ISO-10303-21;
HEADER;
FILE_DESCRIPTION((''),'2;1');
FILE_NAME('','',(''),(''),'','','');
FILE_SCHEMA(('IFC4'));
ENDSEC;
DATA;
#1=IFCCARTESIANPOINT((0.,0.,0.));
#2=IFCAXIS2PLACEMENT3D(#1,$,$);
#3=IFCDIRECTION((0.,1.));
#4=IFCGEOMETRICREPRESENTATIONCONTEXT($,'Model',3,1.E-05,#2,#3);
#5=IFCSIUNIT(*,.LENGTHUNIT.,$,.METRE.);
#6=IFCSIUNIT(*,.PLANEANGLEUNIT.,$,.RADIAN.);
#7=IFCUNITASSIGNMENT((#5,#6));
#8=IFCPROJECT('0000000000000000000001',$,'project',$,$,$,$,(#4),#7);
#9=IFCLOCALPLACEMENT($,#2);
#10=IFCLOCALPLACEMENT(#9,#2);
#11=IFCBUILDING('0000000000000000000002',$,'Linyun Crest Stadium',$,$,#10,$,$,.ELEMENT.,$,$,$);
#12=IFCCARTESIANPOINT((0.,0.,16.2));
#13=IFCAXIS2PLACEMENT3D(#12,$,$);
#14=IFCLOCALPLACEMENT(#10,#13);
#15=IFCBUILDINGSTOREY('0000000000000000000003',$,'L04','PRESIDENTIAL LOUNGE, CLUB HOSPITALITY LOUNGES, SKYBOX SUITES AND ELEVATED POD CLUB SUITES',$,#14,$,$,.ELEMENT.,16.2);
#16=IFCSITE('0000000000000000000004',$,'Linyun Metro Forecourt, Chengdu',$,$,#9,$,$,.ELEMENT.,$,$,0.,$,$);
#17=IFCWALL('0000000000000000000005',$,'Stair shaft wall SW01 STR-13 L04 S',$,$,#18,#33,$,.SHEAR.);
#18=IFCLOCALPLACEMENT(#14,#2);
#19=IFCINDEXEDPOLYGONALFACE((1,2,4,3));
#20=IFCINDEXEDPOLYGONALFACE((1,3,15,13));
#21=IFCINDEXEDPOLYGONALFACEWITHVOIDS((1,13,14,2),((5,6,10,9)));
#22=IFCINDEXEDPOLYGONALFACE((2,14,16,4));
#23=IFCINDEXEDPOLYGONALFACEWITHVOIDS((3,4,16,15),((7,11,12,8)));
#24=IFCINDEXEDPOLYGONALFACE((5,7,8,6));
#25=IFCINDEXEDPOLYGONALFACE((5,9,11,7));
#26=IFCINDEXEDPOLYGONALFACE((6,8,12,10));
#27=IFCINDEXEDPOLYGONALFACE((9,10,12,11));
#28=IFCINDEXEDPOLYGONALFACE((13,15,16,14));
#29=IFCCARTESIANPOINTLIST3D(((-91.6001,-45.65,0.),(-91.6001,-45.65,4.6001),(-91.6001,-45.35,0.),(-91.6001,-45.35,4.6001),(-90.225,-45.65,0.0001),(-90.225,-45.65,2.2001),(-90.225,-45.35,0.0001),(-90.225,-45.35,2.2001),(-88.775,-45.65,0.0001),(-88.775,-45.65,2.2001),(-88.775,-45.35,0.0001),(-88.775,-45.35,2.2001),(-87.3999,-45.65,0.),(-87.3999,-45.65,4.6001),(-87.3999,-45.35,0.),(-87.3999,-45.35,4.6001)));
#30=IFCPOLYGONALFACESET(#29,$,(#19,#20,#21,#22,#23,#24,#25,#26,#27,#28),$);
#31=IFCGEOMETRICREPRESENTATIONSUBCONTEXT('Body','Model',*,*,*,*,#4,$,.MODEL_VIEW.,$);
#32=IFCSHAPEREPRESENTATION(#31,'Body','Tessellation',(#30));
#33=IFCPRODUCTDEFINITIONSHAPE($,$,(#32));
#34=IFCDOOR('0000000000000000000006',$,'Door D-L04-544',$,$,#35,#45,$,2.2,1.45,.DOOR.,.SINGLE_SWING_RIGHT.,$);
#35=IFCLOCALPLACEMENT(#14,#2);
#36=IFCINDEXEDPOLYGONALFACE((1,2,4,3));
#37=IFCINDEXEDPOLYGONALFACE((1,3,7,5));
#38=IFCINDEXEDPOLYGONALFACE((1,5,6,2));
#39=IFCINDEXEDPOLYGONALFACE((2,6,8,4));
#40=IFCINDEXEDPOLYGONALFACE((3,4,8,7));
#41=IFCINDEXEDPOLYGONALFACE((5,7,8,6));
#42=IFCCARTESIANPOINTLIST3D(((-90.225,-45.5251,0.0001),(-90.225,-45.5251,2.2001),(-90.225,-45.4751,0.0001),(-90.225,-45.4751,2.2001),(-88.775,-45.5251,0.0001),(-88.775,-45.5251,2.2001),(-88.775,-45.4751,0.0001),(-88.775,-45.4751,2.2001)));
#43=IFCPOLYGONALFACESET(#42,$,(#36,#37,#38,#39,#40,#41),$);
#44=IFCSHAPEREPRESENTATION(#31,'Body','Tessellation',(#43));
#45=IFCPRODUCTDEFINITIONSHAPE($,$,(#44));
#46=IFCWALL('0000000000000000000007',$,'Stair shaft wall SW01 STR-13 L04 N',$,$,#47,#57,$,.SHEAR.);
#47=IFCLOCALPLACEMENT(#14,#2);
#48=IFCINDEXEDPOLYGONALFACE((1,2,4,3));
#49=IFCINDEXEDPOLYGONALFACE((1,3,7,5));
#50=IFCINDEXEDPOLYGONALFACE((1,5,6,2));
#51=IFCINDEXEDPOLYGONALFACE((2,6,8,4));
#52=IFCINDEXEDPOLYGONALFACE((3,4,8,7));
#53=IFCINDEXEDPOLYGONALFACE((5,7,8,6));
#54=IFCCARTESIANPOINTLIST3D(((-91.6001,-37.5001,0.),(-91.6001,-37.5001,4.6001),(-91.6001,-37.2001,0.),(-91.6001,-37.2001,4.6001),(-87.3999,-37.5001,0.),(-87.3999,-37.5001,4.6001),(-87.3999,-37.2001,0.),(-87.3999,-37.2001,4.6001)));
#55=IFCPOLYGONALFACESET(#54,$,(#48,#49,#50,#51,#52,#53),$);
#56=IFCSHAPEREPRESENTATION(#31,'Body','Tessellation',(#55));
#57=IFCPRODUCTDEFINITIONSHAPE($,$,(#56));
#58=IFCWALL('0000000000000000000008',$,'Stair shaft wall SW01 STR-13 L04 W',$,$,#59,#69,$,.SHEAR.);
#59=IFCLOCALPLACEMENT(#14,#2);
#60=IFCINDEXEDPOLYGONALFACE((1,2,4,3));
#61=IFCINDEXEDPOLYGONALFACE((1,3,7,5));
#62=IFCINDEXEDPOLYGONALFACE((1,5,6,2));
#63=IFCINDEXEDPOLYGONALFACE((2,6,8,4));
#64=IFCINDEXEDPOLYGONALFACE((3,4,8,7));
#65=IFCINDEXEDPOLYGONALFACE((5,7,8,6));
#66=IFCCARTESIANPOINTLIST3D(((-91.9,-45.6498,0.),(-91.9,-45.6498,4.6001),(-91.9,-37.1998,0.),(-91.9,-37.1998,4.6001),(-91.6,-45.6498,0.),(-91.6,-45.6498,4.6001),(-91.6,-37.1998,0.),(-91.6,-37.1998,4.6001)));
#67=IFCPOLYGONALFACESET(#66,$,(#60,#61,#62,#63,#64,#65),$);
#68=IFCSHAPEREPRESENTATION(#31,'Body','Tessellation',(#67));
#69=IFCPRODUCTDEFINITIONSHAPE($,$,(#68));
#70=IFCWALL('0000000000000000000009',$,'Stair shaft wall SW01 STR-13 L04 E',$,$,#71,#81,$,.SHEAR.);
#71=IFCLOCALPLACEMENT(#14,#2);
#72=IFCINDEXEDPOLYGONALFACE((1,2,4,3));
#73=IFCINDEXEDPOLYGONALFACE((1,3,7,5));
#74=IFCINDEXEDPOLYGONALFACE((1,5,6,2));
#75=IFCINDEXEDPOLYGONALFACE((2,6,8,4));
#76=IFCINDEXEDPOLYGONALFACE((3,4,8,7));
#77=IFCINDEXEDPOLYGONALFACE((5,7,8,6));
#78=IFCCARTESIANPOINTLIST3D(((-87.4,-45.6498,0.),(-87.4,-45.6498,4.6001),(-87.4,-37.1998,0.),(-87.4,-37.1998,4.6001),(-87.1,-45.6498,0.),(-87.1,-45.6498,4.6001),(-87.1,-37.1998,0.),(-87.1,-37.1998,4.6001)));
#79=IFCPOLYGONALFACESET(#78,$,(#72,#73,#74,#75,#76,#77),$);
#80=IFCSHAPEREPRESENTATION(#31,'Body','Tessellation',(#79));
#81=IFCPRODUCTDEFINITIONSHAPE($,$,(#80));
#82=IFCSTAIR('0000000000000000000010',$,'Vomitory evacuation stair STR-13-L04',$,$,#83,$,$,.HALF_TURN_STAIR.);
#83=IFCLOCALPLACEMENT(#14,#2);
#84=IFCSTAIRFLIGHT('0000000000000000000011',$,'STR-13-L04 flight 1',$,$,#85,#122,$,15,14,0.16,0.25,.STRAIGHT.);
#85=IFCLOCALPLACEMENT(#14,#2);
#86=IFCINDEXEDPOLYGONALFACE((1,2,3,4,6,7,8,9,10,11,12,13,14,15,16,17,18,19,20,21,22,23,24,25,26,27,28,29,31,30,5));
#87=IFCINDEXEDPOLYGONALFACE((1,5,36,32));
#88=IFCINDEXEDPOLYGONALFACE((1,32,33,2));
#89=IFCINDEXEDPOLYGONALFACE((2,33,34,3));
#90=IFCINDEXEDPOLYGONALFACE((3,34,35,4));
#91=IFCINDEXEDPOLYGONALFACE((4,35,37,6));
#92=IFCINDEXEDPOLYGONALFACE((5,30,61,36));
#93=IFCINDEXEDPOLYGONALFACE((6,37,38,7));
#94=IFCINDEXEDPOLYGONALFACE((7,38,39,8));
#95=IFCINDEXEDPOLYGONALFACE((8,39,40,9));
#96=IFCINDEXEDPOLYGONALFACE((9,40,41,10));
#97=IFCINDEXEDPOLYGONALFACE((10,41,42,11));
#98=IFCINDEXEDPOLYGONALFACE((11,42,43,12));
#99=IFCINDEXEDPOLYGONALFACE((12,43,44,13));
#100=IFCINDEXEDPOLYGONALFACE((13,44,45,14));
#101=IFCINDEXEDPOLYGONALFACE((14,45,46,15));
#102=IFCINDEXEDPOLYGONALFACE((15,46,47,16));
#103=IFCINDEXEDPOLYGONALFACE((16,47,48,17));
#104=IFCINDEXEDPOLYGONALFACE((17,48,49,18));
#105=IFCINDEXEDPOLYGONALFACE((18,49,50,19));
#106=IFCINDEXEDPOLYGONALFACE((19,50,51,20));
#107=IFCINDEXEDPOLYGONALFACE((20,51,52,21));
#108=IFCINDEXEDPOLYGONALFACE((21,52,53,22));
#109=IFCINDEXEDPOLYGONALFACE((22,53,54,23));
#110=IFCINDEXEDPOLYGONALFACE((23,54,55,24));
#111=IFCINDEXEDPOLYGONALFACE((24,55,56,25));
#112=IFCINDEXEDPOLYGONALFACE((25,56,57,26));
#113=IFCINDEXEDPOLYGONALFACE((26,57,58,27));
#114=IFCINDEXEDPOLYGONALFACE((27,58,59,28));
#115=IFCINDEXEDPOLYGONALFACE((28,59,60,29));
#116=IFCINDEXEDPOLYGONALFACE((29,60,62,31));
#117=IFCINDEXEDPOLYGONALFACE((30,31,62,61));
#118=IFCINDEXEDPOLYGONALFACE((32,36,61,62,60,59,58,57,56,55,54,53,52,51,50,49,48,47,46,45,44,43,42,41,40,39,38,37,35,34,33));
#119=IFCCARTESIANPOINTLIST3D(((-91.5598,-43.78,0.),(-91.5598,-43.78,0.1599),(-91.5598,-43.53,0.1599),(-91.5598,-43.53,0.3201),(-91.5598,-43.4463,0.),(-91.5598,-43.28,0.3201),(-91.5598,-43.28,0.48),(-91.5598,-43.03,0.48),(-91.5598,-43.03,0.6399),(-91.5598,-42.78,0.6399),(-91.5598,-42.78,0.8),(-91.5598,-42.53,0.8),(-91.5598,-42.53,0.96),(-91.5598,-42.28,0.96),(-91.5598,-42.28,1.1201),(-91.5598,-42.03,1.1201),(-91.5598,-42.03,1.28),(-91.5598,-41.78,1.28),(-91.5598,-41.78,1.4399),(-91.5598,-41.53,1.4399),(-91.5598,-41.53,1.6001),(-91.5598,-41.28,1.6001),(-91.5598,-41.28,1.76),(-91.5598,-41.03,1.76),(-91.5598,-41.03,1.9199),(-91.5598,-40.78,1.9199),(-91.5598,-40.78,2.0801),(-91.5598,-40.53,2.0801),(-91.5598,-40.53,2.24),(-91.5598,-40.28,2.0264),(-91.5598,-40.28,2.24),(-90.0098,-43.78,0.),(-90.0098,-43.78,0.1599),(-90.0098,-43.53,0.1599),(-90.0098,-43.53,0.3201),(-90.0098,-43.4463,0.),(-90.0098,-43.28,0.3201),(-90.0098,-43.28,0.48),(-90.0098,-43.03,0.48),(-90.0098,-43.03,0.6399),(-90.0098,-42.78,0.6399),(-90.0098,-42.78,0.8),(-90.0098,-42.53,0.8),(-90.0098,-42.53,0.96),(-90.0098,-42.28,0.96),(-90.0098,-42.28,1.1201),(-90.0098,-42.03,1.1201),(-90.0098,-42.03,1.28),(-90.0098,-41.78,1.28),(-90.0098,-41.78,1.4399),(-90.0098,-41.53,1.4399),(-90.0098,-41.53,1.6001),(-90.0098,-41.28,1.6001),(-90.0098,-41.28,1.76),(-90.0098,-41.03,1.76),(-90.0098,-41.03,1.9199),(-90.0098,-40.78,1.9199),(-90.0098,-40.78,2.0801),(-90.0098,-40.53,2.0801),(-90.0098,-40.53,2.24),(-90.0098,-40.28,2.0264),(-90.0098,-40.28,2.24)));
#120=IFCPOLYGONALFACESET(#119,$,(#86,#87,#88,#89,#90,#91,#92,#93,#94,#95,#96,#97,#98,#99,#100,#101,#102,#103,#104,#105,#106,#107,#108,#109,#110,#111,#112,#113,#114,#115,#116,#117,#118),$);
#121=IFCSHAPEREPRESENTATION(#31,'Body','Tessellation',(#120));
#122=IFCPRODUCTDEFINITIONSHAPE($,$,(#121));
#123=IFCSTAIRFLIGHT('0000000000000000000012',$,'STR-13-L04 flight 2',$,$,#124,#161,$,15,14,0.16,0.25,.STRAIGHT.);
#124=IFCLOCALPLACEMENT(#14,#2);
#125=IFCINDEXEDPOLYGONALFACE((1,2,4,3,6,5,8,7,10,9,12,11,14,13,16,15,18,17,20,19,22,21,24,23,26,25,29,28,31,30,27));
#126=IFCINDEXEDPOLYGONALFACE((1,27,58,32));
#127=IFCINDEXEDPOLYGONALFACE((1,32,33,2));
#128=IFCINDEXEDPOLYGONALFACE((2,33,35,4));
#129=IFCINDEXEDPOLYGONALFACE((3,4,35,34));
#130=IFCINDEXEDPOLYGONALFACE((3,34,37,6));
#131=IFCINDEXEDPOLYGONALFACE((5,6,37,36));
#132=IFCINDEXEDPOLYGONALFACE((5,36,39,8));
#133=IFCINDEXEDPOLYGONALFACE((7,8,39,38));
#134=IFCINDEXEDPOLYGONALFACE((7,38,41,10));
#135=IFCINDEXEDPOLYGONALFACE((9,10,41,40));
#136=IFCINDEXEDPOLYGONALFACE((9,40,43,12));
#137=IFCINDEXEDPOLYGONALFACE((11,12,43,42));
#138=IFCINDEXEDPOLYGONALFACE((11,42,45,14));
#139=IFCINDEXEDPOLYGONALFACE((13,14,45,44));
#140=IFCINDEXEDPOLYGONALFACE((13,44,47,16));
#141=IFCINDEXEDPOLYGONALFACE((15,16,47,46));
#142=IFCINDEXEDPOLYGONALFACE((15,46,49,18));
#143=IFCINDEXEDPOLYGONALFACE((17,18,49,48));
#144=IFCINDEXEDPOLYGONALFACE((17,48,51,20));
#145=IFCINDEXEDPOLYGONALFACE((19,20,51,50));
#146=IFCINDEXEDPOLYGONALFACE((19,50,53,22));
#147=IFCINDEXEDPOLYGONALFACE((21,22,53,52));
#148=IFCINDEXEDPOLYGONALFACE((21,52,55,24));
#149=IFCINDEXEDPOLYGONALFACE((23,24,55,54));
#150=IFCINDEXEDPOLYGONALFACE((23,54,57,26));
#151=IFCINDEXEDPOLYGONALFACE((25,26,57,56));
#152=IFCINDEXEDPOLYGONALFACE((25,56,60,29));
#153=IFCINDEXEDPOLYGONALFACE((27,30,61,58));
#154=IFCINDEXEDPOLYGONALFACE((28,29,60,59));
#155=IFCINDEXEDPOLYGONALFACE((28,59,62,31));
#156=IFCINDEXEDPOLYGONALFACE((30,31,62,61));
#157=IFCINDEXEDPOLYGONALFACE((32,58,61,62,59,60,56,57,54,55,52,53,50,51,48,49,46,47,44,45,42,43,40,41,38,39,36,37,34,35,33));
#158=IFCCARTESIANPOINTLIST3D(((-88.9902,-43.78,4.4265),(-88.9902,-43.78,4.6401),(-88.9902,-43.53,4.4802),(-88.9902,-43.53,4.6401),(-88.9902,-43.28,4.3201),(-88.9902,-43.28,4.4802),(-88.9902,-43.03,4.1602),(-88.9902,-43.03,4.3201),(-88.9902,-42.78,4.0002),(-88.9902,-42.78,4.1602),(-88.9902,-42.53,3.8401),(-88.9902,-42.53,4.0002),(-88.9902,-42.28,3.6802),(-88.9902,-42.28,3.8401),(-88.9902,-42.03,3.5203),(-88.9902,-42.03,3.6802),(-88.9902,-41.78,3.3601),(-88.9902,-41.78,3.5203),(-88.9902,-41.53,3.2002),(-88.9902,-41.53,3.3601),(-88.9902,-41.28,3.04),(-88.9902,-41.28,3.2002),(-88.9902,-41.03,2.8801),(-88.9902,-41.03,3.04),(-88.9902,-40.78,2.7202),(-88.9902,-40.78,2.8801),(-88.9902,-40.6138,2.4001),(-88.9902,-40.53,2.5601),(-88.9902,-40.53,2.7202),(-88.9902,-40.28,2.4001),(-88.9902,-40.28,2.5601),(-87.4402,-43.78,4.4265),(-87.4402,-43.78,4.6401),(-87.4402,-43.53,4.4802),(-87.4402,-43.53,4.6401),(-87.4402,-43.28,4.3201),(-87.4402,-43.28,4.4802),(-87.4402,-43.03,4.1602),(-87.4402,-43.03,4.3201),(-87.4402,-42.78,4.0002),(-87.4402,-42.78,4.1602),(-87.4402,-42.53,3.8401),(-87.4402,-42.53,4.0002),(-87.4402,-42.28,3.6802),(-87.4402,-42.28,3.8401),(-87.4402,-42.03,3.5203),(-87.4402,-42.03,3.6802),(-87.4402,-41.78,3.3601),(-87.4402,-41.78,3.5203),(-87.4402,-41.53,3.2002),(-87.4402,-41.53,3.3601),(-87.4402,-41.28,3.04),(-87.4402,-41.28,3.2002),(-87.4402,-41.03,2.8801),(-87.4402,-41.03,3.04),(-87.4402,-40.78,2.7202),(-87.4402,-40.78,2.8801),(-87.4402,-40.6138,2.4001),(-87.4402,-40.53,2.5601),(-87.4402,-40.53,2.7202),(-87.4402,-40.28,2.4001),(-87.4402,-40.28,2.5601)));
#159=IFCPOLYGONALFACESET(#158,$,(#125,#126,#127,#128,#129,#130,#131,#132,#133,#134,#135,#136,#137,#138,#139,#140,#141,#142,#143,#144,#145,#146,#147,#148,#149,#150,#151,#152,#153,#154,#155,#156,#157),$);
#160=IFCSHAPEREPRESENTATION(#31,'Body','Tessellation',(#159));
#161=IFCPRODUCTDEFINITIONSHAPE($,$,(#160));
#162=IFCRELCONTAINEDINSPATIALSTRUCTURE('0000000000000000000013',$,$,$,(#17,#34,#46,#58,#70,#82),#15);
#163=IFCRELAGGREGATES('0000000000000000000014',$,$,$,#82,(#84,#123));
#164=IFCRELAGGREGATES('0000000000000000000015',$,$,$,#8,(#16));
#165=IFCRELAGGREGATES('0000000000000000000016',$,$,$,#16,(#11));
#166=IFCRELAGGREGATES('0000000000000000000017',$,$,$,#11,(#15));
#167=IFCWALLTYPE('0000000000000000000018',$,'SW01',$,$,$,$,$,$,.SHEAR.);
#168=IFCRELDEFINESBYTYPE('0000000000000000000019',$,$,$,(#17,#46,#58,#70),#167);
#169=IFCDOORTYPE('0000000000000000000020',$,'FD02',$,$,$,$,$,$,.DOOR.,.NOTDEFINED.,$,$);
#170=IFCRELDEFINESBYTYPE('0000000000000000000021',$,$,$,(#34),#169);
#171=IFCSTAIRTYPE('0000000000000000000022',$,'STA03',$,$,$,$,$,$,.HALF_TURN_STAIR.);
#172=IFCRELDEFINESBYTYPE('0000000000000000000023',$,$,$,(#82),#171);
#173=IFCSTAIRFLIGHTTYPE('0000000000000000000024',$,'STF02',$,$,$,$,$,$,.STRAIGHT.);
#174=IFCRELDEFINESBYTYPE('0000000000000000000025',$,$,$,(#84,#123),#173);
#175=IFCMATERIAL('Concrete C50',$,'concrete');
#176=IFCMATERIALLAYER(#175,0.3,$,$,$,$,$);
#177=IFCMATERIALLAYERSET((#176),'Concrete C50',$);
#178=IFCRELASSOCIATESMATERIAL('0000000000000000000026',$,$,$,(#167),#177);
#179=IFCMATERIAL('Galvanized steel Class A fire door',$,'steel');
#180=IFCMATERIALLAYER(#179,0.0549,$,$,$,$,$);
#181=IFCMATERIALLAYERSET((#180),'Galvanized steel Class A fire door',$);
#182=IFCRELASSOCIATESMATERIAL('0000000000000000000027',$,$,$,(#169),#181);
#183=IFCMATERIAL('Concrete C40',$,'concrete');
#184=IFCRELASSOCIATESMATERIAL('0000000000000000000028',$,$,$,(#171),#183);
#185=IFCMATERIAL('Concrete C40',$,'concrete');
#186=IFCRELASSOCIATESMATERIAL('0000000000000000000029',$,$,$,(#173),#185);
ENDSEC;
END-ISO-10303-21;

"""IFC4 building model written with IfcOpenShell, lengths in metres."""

from ifc_helpers import new_model, si_unit, direction, frame, frame_2d, origin, place, context, subcontext, project, spatial, polyline, rectangle, outline, extrude, material, layer, layer_set, type_object, element, fill, aggregate, save


model = new_model("IFC4")

# Units and contexts
model_context = context("Model", 3, precision=1e-05, world=origin(), true_north=direction((0.0, 1.0)))
body_context = subcontext(model_context, "Body", "Model", "MODEL_VIEW")
ifc_project = project(units=[si_unit("LENGTHUNIT", "METRE"), si_unit("PLANEANGLEUNIT", "RADIAN")], contexts=[model_context])

# Site, building, storey
site_placement = place(None, origin())
site = spatial("IfcSite", under=ifc_project, at=site_placement, Name="Linyun Metro Forecourt, Chengdu", CompositionType="ELEMENT", RefElevation=0.0)
building_placement = place(site_placement, origin())
building = spatial("IfcBuilding", under=site, at=building_placement, Name="Linyun Crest Stadium", CompositionType="ELEMENT")
storey_placement = place(building_placement, frame((0.0, 0.0, 16.2)))
storey = spatial("IfcBuildingStorey", under=building, at=storey_placement, Name="L04", Description="PRESIDENTIAL LOUNGE, CLUB HOSPITALITY LOUNGES, SKYBOX SUITES AND ELEVATED POD CLUB SUITES", CompositionType="ELEMENT", Elevation=16.2)

# Wall, opening, door
ifc_material_1 = material(Name="Concrete C50", Category="concrete")
ifc_layer_1 = layer(ifc_material_1, 0.3)
ifc_layer_set_1 = layer_set([ifc_layer_1], Name="Concrete C50")
wall_type_1 = type_object("IfcWallType", Name="SW01", PredefinedType="SHEAR", material=ifc_layer_set_1)
wall_1_placement = place(storey_placement, frame((-91.6001, -45.5, 0.0), z_axis=(0.0, 0.0, 1.0), x_axis=(1.0, 0.0, 0.0)))
wall_1 = element("IfcWall", 1, at=wall_1_placement, inside=storey, type_object=wall_type_1, Name="Stair shaft wall SW01 STR-13 L04 S", PredefinedType="SHEAR", context=body_context, shape_type="SweptSolid", body=[
    extrude(rectangle(XDim=4.2002, YDim=0.3, at=frame_2d((2.1001, 0.0))), origin(), (0.0, 0.0, 1.0), 4.6001),
])
opening_1_placement = place(wall_1_placement, frame((1.375, 0.0, 0.0)))
opening_1 = element("IfcOpeningElement", 2, at=opening_1_placement, cuts=wall_1, PredefinedType="OPENING", context=body_context, shape_type="SweptSolid", body=[
    extrude(rectangle(XDim=1.45, YDim=2.2, at=frame_2d((0.7251, 1.1001))), frame((0.0, 0.1599, 0.0), z_axis=(0.0, -1.0, 0.0), x_axis=(1.0, 0.0, 0.0)), (0.0, 0.0, 1.0), 0.3201),
])
ifc_material_2 = material(Name="Galvanized steel Class A fire door", Category="steel")
ifc_layer_2 = layer(ifc_material_2, 0.0549)
ifc_layer_set_2 = layer_set([ifc_layer_2], Name="Galvanized steel Class A fire door")
door_type_1 = type_object("IfcDoorType", Name="FD02", OperationType="NOTDEFINED", PredefinedType="DOOR", material=ifc_layer_set_2)
door_1_placement = place(opening_1_placement, origin())
door_1 = element("IfcDoor", 3, at=door_1_placement, inside=storey, type_object=door_type_1, Name="Door D-L04-544", OperationType="SINGLE_SWING_RIGHT", OverallHeight=2.2, OverallWidth=1.45, PredefinedType="DOOR", context=body_context, shape_type="SweptSolid", body=[
    extrude(rectangle(XDim=1.45, YDim=2.2, at=frame_2d((0.7251, 1.1001))), frame((0.0, 0.0249, 0.0), z_axis=(0.0, -1.0, 0.0), x_axis=(1.0, 0.0, 0.0)), (0.0, 0.0, 1.0), 0.05),
])
fill(opening_1, door_1)

# Walls
wall_2_placement = place(storey_placement, frame((-91.6001, -37.3501, 0.0), z_axis=(0.0, 0.0, 1.0), x_axis=(1.0, 0.0, 0.0)))
element("IfcWall", 4, at=wall_2_placement, inside=storey, type_object=wall_type_1, Name="Stair shaft wall SW01 STR-13 L04 N", PredefinedType="SHEAR", context=body_context, shape_type="SweptSolid", body=[
    extrude(rectangle(XDim=4.2002, YDim=0.3, at=frame_2d((2.1001, 0.0))), origin(), (0.0, 0.0, 1.0), 4.6001),
])
for number, where, z_axis, x_axis, name in (
    (5, (-91.75, -45.6499, 0.0), (0.0, 0.0, 1.0), (0.0, 1.0, 0.0), "Stair shaft wall SW01 STR-13 L04 W"),
    (6, (-87.25, -45.6499, 0.0), (0.0, 0.0, 1.0), (0.0, 1.0, 0.0), "Stair shaft wall SW01 STR-13 L04 E"),
):
    element("IfcWall", number, at=place(storey_placement, frame(where, z_axis=z_axis, x_axis=x_axis)), inside=storey, type_object=wall_type_1, Name=name, PredefinedType="SHEAR", context=body_context, shape_type="SweptSolid", body=[
        extrude(rectangle(XDim=8.45, YDim=0.3, at=frame_2d((4.2251, 0.0))), origin(), (0.0, 0.0, 1.0), 4.6001),
    ])

# Stair, stair flights
ifc_material_3 = material(Name="Concrete C40", Category="concrete")
stair_type = type_object("IfcStairType", Name="STA03", PredefinedType="HALF_TURN_STAIR", material=ifc_material_3)
stair_placement = place(storey_placement, origin())
stair = element("IfcStair", 7, at=stair_placement, inside=storey, type_object=stair_type, Name="Vomitory evacuation stair STR-13-L04", PredefinedType="HALF_TURN_STAIR")
ifc_material_4 = material(Name="Concrete C40", Category="concrete")
stair_flight_type = type_object("IfcStairFlightType", Name="STF02", PredefinedType="STRAIGHT", material=ifc_material_4)
stair_flight_1_placement = place(storey_placement, frame((-90.7849, -43.78, 0.0), z_axis=(0.0, 0.0, 1.0), x_axis=(0.0, 1.0, 0.0)))
stair_flight_1 = element("IfcStairFlight", 8, at=stair_flight_1_placement, type_object=stair_flight_type, Name="STR-13-L04 flight 1", NumberOfRisers=15, NumberOfTreads=14, PredefinedType="STRAIGHT", RiserHeight=0.16, TreadLength=0.25, context=body_context, shape_type="SweptSolid", body=[
    extrude(outline(polyline([(0.0, 0.0), (0.0, 0.1599), (0.25, 0.1599), (0.25, 0.3201), (0.5, 0.3201), (0.5, 0.48), (0.75, 0.48), (0.75, 0.6399), (1.0, 0.6399), (1.0, 0.8), (1.25, 0.8), (1.25, 0.96), (1.5, 0.96), (1.5, 1.1201), (1.75, 1.1201), (1.75, 1.28), (2.0, 1.28), (2.0, 1.4399), (2.25, 1.4399), (2.25, 1.6001), (2.5, 1.6001), (2.5, 1.76), (2.75, 1.76), (2.75, 1.9199), (3.0, 1.9199), (3.0, 2.0801), (3.25, 2.0801), (3.25, 2.24), (3.5, 2.24), (3.5, 2.3999), (3.5, 2.0264), (0.3337, 0.0), (0.0, 0.0)])), frame((0.0, 0.7749, 0.0), z_axis=(0.0, -1.0, 0.0), x_axis=(1.0, 0.0, 0.0)), (0.0, 0.0, 1.0), 1.55),
])
stair_flight_2_placement = place(storey_placement, frame((-88.2151, -40.28, 2.4001), z_axis=(0.0, 0.0, 1.0), x_axis=(0.0, -1.0, 0.0)))
stair_flight_2 = element("IfcStairFlight", 9, at=stair_flight_2_placement, type_object=stair_flight_type, Name="STR-13-L04 flight 2", NumberOfRisers=15, NumberOfTreads=14, PredefinedType="STRAIGHT", RiserHeight=0.16, TreadLength=0.25, context=body_context, shape_type="SweptSolid", body=[
    extrude(outline(polyline([(0.0, 0.0), (0.0, 0.1599), (0.25, 0.1599), (0.25, 0.3201), (0.5, 0.3201), (0.5, 0.48), (0.75, 0.48), (0.75, 0.6399), (1.0, 0.6399), (1.0, 0.8), (1.25, 0.8), (1.25, 0.96), (1.5, 0.96), (1.5, 1.1201), (1.75, 1.1201), (1.75, 1.28), (2.0, 1.28), (2.0, 1.4399), (2.25, 1.4399), (2.25, 1.6001), (2.5, 1.6001), (2.5, 1.76), (2.75, 1.76), (2.75, 1.9199), (3.0, 1.9199), (3.0, 2.0801), (3.25, 2.0801), (3.25, 2.24), (3.5, 2.24), (3.5, 2.3999), (3.5, 2.0264), (0.3337, 0.0), (0.0, 0.0)])), frame((0.0, 0.7749, 0.0), z_axis=(0.0, -1.0, 0.0), x_axis=(1.0, 0.0, 0.0)), (0.0, 0.0, 1.0), 1.55),
])
aggregate(stair, [stair_flight_1, stair_flight_2])

save(model, "model.ifc")
